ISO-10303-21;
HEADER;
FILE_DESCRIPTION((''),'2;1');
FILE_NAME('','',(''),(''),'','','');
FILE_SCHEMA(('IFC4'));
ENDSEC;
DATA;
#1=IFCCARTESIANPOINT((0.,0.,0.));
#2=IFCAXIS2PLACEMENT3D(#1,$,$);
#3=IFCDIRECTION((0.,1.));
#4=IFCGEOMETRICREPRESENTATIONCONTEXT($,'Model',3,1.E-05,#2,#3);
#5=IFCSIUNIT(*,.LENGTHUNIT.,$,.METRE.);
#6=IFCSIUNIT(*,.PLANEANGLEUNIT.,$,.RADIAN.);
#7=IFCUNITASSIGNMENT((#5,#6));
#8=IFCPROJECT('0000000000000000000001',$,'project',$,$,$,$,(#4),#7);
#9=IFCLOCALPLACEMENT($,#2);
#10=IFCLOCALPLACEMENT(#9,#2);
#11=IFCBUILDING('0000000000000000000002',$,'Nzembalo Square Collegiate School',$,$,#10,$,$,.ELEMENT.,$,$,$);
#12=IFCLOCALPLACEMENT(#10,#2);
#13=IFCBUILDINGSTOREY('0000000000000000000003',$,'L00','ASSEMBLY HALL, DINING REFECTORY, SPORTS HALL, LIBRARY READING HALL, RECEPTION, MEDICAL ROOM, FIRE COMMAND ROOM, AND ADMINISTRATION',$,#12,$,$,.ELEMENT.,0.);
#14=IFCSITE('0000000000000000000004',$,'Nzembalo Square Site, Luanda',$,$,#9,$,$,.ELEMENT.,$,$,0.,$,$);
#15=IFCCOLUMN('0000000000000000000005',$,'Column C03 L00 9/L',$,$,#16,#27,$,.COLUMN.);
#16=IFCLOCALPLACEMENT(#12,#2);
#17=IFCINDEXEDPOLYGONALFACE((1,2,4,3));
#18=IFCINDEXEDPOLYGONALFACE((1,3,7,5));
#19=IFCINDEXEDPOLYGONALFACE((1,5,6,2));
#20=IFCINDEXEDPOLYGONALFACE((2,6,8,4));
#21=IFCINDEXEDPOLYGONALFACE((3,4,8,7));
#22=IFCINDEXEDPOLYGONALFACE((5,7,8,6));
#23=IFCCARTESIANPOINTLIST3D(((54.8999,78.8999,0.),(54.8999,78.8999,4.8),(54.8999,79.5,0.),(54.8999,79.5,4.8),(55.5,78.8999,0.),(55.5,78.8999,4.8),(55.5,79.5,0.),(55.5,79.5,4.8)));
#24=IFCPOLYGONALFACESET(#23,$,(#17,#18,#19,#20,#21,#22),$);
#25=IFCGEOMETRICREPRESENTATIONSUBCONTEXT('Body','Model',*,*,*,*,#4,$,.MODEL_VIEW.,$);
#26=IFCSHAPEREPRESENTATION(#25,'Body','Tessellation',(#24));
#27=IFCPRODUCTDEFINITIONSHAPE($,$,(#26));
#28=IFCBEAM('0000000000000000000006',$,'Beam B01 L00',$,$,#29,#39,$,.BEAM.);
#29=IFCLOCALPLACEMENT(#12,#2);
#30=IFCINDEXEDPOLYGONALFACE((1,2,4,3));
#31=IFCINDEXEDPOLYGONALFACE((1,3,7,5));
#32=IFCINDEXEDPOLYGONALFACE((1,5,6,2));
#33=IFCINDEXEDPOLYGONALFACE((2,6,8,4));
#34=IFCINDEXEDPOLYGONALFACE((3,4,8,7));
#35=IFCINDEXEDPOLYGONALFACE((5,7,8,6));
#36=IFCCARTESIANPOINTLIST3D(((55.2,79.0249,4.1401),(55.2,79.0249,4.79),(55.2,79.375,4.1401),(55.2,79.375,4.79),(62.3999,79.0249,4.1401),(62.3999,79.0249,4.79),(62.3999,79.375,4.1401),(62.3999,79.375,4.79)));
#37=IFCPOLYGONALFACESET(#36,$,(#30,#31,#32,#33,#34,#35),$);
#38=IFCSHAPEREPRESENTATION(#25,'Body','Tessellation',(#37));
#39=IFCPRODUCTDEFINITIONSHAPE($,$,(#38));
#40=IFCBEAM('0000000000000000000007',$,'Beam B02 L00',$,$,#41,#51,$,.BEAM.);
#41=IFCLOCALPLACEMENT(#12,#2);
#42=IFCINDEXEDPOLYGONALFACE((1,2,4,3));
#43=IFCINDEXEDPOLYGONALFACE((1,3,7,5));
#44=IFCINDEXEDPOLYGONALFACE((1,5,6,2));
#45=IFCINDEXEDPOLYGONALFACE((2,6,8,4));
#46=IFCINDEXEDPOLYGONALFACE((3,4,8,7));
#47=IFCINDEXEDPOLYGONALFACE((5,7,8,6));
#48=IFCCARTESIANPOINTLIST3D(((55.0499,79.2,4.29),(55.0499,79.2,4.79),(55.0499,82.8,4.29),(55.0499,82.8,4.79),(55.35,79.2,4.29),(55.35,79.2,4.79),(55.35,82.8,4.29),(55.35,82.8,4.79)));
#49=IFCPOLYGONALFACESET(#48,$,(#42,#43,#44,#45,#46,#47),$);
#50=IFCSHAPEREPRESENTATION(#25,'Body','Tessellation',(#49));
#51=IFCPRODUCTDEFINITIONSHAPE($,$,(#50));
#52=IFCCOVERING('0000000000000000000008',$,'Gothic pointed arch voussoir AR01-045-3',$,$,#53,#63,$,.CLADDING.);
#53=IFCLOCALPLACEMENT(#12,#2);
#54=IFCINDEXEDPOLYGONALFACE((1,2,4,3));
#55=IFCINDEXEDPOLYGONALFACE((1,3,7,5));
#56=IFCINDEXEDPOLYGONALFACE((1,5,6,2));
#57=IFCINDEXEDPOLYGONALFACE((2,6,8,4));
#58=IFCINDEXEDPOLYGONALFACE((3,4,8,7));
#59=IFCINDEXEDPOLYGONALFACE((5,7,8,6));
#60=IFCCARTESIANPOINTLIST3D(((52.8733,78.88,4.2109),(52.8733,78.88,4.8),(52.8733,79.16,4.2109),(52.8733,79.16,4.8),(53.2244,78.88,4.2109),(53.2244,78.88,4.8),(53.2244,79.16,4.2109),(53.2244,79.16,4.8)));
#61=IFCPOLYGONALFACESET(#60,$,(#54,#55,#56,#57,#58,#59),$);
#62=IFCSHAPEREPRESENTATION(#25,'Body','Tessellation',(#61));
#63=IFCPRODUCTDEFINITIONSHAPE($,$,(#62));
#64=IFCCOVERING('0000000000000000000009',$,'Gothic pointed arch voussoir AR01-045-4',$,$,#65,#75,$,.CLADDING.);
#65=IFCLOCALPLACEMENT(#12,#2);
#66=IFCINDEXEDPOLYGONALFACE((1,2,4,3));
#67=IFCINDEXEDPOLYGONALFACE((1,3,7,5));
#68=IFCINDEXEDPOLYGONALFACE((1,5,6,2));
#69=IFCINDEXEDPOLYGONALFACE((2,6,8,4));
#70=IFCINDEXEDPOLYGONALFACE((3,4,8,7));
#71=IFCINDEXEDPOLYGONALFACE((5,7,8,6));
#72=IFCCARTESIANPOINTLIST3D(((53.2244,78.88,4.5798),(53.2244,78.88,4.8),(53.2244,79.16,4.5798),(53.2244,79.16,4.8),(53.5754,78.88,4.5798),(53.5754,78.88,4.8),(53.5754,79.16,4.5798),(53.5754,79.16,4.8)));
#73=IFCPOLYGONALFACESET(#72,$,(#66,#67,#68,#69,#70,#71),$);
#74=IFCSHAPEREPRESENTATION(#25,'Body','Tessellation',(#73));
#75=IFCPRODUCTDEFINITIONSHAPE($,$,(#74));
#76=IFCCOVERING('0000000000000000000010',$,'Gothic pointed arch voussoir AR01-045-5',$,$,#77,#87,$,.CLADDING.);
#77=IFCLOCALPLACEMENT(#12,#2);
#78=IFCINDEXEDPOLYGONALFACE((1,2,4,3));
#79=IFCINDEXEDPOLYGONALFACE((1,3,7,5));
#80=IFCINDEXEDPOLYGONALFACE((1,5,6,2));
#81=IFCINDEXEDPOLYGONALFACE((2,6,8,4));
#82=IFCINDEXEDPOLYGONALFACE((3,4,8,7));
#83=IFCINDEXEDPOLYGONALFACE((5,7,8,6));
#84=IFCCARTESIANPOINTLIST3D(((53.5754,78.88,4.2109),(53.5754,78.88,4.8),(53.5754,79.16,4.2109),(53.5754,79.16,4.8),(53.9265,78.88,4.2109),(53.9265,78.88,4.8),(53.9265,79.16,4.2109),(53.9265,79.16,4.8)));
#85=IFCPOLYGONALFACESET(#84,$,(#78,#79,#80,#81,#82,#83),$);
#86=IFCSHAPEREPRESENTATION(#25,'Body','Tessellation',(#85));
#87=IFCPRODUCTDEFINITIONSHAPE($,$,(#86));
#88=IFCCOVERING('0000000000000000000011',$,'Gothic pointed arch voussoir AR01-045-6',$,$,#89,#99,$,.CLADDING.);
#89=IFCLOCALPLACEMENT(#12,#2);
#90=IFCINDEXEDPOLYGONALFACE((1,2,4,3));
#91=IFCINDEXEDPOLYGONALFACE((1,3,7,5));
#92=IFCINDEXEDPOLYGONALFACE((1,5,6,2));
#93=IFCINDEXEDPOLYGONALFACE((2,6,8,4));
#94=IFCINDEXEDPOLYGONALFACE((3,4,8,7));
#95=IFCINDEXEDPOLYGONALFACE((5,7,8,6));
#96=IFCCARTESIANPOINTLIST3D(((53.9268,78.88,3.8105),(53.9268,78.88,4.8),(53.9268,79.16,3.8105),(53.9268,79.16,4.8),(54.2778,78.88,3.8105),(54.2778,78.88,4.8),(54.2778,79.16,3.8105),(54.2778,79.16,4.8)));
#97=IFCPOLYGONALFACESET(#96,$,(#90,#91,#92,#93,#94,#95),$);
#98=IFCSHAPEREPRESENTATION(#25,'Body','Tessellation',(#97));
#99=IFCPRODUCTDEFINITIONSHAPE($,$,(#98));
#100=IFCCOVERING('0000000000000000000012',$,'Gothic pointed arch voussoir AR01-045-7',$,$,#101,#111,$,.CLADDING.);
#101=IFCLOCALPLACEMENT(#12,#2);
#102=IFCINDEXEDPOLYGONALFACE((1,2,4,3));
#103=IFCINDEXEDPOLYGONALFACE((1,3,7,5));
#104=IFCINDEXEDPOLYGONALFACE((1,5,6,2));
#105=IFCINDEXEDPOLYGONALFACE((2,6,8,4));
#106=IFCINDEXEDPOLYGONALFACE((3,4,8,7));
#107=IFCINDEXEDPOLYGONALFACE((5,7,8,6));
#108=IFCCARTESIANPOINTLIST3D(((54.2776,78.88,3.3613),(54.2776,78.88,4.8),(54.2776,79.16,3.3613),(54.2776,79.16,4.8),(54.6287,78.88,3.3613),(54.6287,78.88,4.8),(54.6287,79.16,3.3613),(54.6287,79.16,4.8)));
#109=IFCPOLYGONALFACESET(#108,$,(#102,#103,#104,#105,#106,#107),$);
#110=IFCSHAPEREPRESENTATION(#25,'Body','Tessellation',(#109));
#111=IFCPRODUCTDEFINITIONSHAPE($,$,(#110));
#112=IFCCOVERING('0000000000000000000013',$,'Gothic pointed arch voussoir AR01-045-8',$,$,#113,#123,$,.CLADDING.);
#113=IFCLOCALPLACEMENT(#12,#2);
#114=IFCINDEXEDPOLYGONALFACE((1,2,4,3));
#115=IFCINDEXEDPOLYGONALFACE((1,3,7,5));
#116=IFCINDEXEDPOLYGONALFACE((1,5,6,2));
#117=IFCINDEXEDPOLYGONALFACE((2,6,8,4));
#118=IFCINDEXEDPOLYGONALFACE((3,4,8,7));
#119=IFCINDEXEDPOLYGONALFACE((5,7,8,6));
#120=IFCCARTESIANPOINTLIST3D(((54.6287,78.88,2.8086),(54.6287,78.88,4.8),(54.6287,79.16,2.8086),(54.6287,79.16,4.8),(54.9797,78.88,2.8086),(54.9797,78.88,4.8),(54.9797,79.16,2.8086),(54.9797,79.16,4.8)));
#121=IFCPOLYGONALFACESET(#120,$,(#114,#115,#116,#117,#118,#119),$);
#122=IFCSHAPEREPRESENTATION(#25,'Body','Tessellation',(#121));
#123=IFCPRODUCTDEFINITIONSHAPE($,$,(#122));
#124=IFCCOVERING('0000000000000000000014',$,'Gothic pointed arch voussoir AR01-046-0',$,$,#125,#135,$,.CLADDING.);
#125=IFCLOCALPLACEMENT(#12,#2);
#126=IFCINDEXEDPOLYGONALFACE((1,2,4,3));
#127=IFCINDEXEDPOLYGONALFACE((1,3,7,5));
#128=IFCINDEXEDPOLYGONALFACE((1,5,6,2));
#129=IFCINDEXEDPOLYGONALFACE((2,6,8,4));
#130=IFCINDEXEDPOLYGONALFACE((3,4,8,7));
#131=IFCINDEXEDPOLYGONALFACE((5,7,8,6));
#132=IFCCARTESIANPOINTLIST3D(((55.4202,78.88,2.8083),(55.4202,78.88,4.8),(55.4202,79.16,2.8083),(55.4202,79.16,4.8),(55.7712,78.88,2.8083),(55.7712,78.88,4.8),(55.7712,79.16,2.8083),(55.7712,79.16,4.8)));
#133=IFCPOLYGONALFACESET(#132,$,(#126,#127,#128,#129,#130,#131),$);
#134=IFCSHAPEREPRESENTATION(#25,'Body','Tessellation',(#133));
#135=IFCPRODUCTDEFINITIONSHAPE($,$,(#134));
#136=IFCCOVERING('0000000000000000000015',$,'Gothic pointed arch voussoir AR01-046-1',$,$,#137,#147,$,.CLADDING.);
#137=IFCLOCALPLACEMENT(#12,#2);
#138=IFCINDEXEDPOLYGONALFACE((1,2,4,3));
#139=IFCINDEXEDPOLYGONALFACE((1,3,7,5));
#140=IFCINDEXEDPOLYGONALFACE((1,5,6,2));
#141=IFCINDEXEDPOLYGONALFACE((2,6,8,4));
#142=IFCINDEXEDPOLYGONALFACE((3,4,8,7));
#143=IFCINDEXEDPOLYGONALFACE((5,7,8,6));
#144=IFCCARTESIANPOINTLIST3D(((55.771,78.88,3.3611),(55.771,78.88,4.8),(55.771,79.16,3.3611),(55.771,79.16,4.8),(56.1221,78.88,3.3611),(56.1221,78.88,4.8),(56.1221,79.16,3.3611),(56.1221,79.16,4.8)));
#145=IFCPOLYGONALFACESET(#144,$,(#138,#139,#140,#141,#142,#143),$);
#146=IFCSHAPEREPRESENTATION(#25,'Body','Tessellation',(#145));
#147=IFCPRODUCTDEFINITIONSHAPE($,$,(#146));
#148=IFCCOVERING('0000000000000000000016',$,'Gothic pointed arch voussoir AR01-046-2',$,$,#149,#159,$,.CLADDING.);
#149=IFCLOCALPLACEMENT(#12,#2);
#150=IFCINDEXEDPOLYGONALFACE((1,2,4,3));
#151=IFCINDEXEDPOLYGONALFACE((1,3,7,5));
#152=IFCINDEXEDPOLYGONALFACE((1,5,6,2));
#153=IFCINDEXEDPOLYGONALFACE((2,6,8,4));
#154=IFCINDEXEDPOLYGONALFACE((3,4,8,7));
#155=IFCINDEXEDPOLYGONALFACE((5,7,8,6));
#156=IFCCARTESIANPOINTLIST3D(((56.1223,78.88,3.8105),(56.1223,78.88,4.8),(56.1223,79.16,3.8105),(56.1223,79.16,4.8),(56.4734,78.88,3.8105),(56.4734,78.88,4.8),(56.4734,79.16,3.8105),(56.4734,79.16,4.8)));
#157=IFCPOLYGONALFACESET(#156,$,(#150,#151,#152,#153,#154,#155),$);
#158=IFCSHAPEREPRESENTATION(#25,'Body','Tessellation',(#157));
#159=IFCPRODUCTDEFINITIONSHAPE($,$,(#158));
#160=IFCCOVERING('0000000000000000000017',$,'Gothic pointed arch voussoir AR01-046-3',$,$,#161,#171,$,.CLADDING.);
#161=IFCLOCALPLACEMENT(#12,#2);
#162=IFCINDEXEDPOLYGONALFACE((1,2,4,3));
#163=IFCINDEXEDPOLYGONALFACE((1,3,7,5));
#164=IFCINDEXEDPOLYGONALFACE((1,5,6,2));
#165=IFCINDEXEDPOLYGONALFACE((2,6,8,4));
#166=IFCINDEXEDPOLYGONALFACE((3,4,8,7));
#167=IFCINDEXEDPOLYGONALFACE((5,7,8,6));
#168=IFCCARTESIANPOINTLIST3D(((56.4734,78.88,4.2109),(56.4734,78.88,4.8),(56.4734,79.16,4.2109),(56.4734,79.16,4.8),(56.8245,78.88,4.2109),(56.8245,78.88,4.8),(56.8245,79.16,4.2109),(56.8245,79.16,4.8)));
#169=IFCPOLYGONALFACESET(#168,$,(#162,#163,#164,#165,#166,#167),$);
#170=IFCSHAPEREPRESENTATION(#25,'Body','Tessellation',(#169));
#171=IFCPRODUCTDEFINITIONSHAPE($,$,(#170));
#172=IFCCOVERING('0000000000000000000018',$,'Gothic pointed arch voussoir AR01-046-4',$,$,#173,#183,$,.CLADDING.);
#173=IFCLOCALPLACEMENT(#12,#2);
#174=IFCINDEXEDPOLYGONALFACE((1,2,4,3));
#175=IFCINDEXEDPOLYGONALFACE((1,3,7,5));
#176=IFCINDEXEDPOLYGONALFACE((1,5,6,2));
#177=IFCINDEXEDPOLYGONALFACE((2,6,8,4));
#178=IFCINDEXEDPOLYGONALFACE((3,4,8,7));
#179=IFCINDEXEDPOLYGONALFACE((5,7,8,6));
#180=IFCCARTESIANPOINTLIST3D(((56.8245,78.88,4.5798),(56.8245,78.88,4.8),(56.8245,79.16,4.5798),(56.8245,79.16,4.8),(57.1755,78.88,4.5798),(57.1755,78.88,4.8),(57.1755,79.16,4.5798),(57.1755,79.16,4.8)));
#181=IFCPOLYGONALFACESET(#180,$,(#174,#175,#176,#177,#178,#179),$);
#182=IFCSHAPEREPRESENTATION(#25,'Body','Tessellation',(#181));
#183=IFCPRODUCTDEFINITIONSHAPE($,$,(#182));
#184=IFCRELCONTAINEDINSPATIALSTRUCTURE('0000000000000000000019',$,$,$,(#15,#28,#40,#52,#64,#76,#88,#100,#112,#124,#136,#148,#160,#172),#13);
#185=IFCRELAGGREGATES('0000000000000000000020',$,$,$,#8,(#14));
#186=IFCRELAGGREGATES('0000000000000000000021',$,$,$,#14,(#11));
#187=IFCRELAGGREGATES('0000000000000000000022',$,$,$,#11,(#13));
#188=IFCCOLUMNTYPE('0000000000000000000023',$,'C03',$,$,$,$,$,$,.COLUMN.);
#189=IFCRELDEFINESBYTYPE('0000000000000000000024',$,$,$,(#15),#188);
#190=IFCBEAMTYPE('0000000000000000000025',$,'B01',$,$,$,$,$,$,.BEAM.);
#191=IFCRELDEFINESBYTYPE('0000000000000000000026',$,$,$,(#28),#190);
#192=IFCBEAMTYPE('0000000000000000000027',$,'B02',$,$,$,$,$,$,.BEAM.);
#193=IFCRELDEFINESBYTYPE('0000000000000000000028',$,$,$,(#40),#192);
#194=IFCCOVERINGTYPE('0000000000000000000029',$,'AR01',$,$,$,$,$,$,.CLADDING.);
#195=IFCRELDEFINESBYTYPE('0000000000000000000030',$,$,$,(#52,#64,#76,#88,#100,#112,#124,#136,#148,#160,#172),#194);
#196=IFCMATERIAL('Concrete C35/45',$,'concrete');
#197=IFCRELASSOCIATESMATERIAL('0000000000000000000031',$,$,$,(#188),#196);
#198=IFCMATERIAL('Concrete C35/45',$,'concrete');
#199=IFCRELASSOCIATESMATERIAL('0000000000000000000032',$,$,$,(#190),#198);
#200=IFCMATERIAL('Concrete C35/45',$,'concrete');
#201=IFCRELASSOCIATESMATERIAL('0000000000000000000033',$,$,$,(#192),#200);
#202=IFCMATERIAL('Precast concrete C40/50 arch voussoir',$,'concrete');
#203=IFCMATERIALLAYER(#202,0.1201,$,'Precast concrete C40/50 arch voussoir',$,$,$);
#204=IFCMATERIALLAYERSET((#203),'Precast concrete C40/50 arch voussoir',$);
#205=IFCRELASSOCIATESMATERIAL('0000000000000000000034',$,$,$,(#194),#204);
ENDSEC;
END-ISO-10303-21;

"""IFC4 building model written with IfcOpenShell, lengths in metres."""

from ifc_helpers import new_model, si_unit, direction, frame, origin, origin_2d, place, context, subcontext, project, spatial, rectangle, extrude, material, layer, layer_set, material_profile, profile_set, type_object, element, save


model = new_model("IFC4")

# Units and contexts
model_context = context("Model", 3, precision=1e-05, world=origin(), true_north=direction((0.0, 1.0)))
body_context = subcontext(model_context, "Body", "Model", "MODEL_VIEW")
ifc_project = project(units=[si_unit("LENGTHUNIT", "METRE"), si_unit("PLANEANGLEUNIT", "RADIAN")], contexts=[model_context])

# Site, building, storey
site_placement = place(None, origin())
site = spatial("IfcSite", under=ifc_project, at=site_placement, Name="Nzembalo Square Site, Luanda", CompositionType="ELEMENT", RefElevation=0.0)
building_placement = place(site_placement, origin())
building = spatial("IfcBuilding", under=site, at=building_placement, Name="Nzembalo Square Collegiate School", CompositionType="ELEMENT")
storey_placement = place(building_placement, origin())
storey = spatial("IfcBuildingStorey", under=building, at=storey_placement, Name="L00", Description="ASSEMBLY HALL, DINING REFECTORY, SPORTS HALL, LIBRARY READING HALL, RECEPTION, MEDICAL ROOM, FIRE COMMAND ROOM, AND ADMINISTRATION", CompositionType="ELEMENT", Elevation=0.0)

# Column
ifc_material_1 = material(Name="Concrete C35/45", Category="concrete")
ifc_material_profile_1 = material_profile(ifc_material_1, rectangle(XDim=0.6001, YDim=0.6001, at=origin_2d()), Name="RC 600x600")
ifc_profile_set_1 = profile_set([ifc_material_profile_1], Name="Concrete C35/45")
column_type = type_object("IfcColumnType", Name="C03", PredefinedType="COLUMN", material=ifc_profile_set_1)
column_placement = place(storey_placement, frame((55.2, 79.2, 0.0), z_axis=(0.0, 0.0, 1.0), x_axis=(1.0, 0.0, 0.0)))
element("IfcColumn", 1, at=column_placement, inside=storey, type_object=column_type, Name="Column C03 L00 9/L", PredefinedType="COLUMN", context=body_context, shape_type="SweptSolid", body=[
    extrude(rectangle(XDim=0.6001, YDim=0.6001, at=origin_2d()), origin(), (0.0, 0.0, 1.0), 4.8),
])

# Beams
ifc_material_2 = material(Name="Concrete C35/45", Category="concrete")
ifc_material_profile_2 = material_profile(ifc_material_2, rectangle(XDim=0.3501, YDim=0.6499, at=origin_2d()), Name="RC 350x650")
ifc_profile_set_2 = profile_set([ifc_material_profile_2], Name="Concrete C35/45")
beam_type_1 = type_object("IfcBeamType", Name="B01", PredefinedType="BEAM", material=ifc_profile_set_2)
beam_1_placement = place(storey_placement, frame((55.2, 79.2, 4.4651), z_axis=(1.0, 0.0, 0.0), x_axis=(0.0, 1.0, 0.0)))
element("IfcBeam", 2, at=beam_1_placement, inside=storey, type_object=beam_type_1, Name="Beam B01 L00", PredefinedType="BEAM", context=body_context, shape_type="SweptSolid", body=[
    extrude(rectangle(XDim=0.3501, YDim=0.6499, at=origin_2d()), origin(), (0.0, 0.0, 1.0), 7.2),
])
ifc_material_3 = material(Name="Concrete C35/45", Category="concrete")
ifc_material_profile_3 = material_profile(ifc_material_3, rectangle(XDim=0.3, YDim=0.5, at=origin_2d()), Name="RC 300x500")
ifc_profile_set_3 = profile_set([ifc_material_profile_3], Name="Concrete C35/45")
beam_type_2 = type_object("IfcBeamType", Name="B02", PredefinedType="BEAM", material=ifc_profile_set_3)
beam_2_placement = place(storey_placement, frame((55.2, 79.2, 4.54), z_axis=(0.0, 1.0, 0.0), x_axis=(-1.0, 0.0, 0.0)))
element("IfcBeam", 3, at=beam_2_placement, inside=storey, type_object=beam_type_2, Name="Beam B02 L00", PredefinedType="BEAM", context=body_context, shape_type="SweptSolid", body=[
    extrude(rectangle(XDim=0.3, YDim=0.5, at=origin_2d()), origin(), (0.0, 0.0, 1.0), 3.6001),
])

# Coverings
ifc_material_4 = material(Name="Precast concrete C40/50 arch voussoir", Category="concrete")
ifc_layer = layer(ifc_material_4, 0.1201, Name="Precast concrete C40/50 arch voussoir")
ifc_layer_set = layer_set([ifc_layer], Name="Precast concrete C40/50 arch voussoir")
covering_type = type_object("IfcCoveringType", Name="AR01", PredefinedType="CLADDING", material=ifc_layer_set)
covering_1_placement = place(storey_placement, frame((53.0488, 79.02, 4.2109), z_axis=(0.0, 0.0, 1.0), x_axis=(1.0, 0.0, 0.0)))
element("IfcCovering", 4, at=covering_1_placement, inside=storey, type_object=covering_type, Name="Gothic pointed arch voussoir AR01-045-3", PredefinedType="CLADDING", context=body_context, shape_type="SweptSolid", body=[
    extrude(rectangle(XDim=0.3511, YDim=0.28, at=origin_2d()), origin(), (0.0, 0.0, 1.0), 0.5891),
])
covering_2_placement = place(storey_placement, frame((53.3999, 79.02, 4.5798), z_axis=(0.0, 0.0, 1.0), x_axis=(1.0, 0.0, 0.0)))
element("IfcCovering", 5, at=covering_2_placement, inside=storey, type_object=covering_type, Name="Gothic pointed arch voussoir AR01-045-4", PredefinedType="CLADDING", context=body_context, shape_type="SweptSolid", body=[
    extrude(rectangle(XDim=0.3511, YDim=0.28, at=origin_2d()), origin(), (0.0, 0.0, 1.0), 0.2202),
])
covering_3_placement = place(storey_placement, frame((53.751, 79.02, 4.2109), z_axis=(0.0, 0.0, 1.0), x_axis=(1.0, 0.0, 0.0)))
element("IfcCovering", 6, at=covering_3_placement, inside=storey, type_object=covering_type, Name="Gothic pointed arch voussoir AR01-045-5", PredefinedType="CLADDING", context=body_context, shape_type="SweptSolid", body=[
    extrude(rectangle(XDim=0.3511, YDim=0.28, at=origin_2d()), origin(), (0.0, 0.0, 1.0), 0.5891),
])
covering_4_placement = place(storey_placement, frame((54.1023, 79.02, 3.8105), z_axis=(0.0, 0.0, 1.0), x_axis=(1.0, 0.0, 0.0)))
element("IfcCovering", 7, at=covering_4_placement, inside=storey, type_object=covering_type, Name="Gothic pointed arch voussoir AR01-045-6", PredefinedType="CLADDING", context=body_context, shape_type="SweptSolid", body=[
    extrude(rectangle(XDim=0.3511, YDim=0.28, at=origin_2d()), origin(), (0.0, 0.0, 1.0), 0.9895),
])
covering_5_placement = place(storey_placement, frame((54.4531, 79.02, 3.3613), z_axis=(0.0, 0.0, 1.0), x_axis=(1.0, 0.0, 0.0)))
element("IfcCovering", 8, at=covering_5_placement, inside=storey, type_object=covering_type, Name="Gothic pointed arch voussoir AR01-045-7", PredefinedType="CLADDING", context=body_context, shape_type="SweptSolid", body=[
    extrude(rectangle(XDim=0.3511, YDim=0.28, at=origin_2d()), origin(), (0.0, 0.0, 1.0), 1.4387),
])
covering_6_placement = place(storey_placement, frame((54.8042, 79.02, 2.8086), z_axis=(0.0, 0.0, 1.0), x_axis=(1.0, 0.0, 0.0)))
element("IfcCovering", 9, at=covering_6_placement, inside=storey, type_object=covering_type, Name="Gothic pointed arch voussoir AR01-045-8", PredefinedType="CLADDING", context=body_context, shape_type="SweptSolid", body=[
    extrude(rectangle(XDim=0.3511, YDim=0.28, at=origin_2d()), origin(), (0.0, 0.0, 1.0), 1.9915),
])
covering_7_placement = place(storey_placement, frame((55.5957, 79.02, 2.8083), z_axis=(0.0, 0.0, 1.0), x_axis=(1.0, 0.0, 0.0)))
element("IfcCovering", 10, at=covering_7_placement, inside=storey, type_object=covering_type, Name="Gothic pointed arch voussoir AR01-046-0", PredefinedType="CLADDING", context=body_context, shape_type="SweptSolid", body=[
    extrude(rectangle(XDim=0.3511, YDim=0.28, at=origin_2d()), origin(), (0.0, 0.0, 1.0), 1.9917),
])
covering_8_placement = place(storey_placement, frame((55.9465, 79.02, 3.3611), z_axis=(0.0, 0.0, 1.0), x_axis=(1.0, 0.0, 0.0)))
element("IfcCovering", 11, at=covering_8_placement, inside=storey, type_object=covering_type, Name="Gothic pointed arch voussoir AR01-046-1", PredefinedType="CLADDING", context=body_context, shape_type="SweptSolid", body=[
    extrude(rectangle(XDim=0.3511, YDim=0.28, at=origin_2d()), origin(), (0.0, 0.0, 1.0), 1.439),
])
covering_9_placement = place(storey_placement, frame((56.2979, 79.02, 3.8105), z_axis=(0.0, 0.0, 1.0), x_axis=(1.0, 0.0, 0.0)))
element("IfcCovering", 12, at=covering_9_placement, inside=storey, type_object=covering_type, Name="Gothic pointed arch voussoir AR01-046-2", PredefinedType="CLADDING", context=body_context, shape_type="SweptSolid", body=[
    extrude(rectangle(XDim=0.3511, YDim=0.28, at=origin_2d()), origin(), (0.0, 0.0, 1.0), 0.9895),
])
covering_10_placement = place(storey_placement, frame((56.6489, 79.02, 4.2109), z_axis=(0.0, 0.0, 1.0), x_axis=(1.0, 0.0, 0.0)))
element("IfcCovering", 13, at=covering_10_placement, inside=storey, type_object=covering_type, Name="Gothic pointed arch voussoir AR01-046-3", PredefinedType="CLADDING", context=body_context, shape_type="SweptSolid", body=[
    extrude(rectangle(XDim=0.3511, YDim=0.28, at=origin_2d()), origin(), (0.0, 0.0, 1.0), 0.5891),
])
covering_11_placement = place(storey_placement, frame((57.0, 79.02, 4.5798), z_axis=(0.0, 0.0, 1.0), x_axis=(1.0, 0.0, 0.0)))
element("IfcCovering", 14, at=covering_11_placement, inside=storey, type_object=covering_type, Name="Gothic pointed arch voussoir AR01-046-4", PredefinedType="CLADDING", context=body_context, shape_type="SweptSolid", body=[
    extrude(rectangle(XDim=0.3511, YDim=0.28, at=origin_2d()), origin(), (0.0, 0.0, 1.0), 0.2202),
])

save(model, "model.ifc")
